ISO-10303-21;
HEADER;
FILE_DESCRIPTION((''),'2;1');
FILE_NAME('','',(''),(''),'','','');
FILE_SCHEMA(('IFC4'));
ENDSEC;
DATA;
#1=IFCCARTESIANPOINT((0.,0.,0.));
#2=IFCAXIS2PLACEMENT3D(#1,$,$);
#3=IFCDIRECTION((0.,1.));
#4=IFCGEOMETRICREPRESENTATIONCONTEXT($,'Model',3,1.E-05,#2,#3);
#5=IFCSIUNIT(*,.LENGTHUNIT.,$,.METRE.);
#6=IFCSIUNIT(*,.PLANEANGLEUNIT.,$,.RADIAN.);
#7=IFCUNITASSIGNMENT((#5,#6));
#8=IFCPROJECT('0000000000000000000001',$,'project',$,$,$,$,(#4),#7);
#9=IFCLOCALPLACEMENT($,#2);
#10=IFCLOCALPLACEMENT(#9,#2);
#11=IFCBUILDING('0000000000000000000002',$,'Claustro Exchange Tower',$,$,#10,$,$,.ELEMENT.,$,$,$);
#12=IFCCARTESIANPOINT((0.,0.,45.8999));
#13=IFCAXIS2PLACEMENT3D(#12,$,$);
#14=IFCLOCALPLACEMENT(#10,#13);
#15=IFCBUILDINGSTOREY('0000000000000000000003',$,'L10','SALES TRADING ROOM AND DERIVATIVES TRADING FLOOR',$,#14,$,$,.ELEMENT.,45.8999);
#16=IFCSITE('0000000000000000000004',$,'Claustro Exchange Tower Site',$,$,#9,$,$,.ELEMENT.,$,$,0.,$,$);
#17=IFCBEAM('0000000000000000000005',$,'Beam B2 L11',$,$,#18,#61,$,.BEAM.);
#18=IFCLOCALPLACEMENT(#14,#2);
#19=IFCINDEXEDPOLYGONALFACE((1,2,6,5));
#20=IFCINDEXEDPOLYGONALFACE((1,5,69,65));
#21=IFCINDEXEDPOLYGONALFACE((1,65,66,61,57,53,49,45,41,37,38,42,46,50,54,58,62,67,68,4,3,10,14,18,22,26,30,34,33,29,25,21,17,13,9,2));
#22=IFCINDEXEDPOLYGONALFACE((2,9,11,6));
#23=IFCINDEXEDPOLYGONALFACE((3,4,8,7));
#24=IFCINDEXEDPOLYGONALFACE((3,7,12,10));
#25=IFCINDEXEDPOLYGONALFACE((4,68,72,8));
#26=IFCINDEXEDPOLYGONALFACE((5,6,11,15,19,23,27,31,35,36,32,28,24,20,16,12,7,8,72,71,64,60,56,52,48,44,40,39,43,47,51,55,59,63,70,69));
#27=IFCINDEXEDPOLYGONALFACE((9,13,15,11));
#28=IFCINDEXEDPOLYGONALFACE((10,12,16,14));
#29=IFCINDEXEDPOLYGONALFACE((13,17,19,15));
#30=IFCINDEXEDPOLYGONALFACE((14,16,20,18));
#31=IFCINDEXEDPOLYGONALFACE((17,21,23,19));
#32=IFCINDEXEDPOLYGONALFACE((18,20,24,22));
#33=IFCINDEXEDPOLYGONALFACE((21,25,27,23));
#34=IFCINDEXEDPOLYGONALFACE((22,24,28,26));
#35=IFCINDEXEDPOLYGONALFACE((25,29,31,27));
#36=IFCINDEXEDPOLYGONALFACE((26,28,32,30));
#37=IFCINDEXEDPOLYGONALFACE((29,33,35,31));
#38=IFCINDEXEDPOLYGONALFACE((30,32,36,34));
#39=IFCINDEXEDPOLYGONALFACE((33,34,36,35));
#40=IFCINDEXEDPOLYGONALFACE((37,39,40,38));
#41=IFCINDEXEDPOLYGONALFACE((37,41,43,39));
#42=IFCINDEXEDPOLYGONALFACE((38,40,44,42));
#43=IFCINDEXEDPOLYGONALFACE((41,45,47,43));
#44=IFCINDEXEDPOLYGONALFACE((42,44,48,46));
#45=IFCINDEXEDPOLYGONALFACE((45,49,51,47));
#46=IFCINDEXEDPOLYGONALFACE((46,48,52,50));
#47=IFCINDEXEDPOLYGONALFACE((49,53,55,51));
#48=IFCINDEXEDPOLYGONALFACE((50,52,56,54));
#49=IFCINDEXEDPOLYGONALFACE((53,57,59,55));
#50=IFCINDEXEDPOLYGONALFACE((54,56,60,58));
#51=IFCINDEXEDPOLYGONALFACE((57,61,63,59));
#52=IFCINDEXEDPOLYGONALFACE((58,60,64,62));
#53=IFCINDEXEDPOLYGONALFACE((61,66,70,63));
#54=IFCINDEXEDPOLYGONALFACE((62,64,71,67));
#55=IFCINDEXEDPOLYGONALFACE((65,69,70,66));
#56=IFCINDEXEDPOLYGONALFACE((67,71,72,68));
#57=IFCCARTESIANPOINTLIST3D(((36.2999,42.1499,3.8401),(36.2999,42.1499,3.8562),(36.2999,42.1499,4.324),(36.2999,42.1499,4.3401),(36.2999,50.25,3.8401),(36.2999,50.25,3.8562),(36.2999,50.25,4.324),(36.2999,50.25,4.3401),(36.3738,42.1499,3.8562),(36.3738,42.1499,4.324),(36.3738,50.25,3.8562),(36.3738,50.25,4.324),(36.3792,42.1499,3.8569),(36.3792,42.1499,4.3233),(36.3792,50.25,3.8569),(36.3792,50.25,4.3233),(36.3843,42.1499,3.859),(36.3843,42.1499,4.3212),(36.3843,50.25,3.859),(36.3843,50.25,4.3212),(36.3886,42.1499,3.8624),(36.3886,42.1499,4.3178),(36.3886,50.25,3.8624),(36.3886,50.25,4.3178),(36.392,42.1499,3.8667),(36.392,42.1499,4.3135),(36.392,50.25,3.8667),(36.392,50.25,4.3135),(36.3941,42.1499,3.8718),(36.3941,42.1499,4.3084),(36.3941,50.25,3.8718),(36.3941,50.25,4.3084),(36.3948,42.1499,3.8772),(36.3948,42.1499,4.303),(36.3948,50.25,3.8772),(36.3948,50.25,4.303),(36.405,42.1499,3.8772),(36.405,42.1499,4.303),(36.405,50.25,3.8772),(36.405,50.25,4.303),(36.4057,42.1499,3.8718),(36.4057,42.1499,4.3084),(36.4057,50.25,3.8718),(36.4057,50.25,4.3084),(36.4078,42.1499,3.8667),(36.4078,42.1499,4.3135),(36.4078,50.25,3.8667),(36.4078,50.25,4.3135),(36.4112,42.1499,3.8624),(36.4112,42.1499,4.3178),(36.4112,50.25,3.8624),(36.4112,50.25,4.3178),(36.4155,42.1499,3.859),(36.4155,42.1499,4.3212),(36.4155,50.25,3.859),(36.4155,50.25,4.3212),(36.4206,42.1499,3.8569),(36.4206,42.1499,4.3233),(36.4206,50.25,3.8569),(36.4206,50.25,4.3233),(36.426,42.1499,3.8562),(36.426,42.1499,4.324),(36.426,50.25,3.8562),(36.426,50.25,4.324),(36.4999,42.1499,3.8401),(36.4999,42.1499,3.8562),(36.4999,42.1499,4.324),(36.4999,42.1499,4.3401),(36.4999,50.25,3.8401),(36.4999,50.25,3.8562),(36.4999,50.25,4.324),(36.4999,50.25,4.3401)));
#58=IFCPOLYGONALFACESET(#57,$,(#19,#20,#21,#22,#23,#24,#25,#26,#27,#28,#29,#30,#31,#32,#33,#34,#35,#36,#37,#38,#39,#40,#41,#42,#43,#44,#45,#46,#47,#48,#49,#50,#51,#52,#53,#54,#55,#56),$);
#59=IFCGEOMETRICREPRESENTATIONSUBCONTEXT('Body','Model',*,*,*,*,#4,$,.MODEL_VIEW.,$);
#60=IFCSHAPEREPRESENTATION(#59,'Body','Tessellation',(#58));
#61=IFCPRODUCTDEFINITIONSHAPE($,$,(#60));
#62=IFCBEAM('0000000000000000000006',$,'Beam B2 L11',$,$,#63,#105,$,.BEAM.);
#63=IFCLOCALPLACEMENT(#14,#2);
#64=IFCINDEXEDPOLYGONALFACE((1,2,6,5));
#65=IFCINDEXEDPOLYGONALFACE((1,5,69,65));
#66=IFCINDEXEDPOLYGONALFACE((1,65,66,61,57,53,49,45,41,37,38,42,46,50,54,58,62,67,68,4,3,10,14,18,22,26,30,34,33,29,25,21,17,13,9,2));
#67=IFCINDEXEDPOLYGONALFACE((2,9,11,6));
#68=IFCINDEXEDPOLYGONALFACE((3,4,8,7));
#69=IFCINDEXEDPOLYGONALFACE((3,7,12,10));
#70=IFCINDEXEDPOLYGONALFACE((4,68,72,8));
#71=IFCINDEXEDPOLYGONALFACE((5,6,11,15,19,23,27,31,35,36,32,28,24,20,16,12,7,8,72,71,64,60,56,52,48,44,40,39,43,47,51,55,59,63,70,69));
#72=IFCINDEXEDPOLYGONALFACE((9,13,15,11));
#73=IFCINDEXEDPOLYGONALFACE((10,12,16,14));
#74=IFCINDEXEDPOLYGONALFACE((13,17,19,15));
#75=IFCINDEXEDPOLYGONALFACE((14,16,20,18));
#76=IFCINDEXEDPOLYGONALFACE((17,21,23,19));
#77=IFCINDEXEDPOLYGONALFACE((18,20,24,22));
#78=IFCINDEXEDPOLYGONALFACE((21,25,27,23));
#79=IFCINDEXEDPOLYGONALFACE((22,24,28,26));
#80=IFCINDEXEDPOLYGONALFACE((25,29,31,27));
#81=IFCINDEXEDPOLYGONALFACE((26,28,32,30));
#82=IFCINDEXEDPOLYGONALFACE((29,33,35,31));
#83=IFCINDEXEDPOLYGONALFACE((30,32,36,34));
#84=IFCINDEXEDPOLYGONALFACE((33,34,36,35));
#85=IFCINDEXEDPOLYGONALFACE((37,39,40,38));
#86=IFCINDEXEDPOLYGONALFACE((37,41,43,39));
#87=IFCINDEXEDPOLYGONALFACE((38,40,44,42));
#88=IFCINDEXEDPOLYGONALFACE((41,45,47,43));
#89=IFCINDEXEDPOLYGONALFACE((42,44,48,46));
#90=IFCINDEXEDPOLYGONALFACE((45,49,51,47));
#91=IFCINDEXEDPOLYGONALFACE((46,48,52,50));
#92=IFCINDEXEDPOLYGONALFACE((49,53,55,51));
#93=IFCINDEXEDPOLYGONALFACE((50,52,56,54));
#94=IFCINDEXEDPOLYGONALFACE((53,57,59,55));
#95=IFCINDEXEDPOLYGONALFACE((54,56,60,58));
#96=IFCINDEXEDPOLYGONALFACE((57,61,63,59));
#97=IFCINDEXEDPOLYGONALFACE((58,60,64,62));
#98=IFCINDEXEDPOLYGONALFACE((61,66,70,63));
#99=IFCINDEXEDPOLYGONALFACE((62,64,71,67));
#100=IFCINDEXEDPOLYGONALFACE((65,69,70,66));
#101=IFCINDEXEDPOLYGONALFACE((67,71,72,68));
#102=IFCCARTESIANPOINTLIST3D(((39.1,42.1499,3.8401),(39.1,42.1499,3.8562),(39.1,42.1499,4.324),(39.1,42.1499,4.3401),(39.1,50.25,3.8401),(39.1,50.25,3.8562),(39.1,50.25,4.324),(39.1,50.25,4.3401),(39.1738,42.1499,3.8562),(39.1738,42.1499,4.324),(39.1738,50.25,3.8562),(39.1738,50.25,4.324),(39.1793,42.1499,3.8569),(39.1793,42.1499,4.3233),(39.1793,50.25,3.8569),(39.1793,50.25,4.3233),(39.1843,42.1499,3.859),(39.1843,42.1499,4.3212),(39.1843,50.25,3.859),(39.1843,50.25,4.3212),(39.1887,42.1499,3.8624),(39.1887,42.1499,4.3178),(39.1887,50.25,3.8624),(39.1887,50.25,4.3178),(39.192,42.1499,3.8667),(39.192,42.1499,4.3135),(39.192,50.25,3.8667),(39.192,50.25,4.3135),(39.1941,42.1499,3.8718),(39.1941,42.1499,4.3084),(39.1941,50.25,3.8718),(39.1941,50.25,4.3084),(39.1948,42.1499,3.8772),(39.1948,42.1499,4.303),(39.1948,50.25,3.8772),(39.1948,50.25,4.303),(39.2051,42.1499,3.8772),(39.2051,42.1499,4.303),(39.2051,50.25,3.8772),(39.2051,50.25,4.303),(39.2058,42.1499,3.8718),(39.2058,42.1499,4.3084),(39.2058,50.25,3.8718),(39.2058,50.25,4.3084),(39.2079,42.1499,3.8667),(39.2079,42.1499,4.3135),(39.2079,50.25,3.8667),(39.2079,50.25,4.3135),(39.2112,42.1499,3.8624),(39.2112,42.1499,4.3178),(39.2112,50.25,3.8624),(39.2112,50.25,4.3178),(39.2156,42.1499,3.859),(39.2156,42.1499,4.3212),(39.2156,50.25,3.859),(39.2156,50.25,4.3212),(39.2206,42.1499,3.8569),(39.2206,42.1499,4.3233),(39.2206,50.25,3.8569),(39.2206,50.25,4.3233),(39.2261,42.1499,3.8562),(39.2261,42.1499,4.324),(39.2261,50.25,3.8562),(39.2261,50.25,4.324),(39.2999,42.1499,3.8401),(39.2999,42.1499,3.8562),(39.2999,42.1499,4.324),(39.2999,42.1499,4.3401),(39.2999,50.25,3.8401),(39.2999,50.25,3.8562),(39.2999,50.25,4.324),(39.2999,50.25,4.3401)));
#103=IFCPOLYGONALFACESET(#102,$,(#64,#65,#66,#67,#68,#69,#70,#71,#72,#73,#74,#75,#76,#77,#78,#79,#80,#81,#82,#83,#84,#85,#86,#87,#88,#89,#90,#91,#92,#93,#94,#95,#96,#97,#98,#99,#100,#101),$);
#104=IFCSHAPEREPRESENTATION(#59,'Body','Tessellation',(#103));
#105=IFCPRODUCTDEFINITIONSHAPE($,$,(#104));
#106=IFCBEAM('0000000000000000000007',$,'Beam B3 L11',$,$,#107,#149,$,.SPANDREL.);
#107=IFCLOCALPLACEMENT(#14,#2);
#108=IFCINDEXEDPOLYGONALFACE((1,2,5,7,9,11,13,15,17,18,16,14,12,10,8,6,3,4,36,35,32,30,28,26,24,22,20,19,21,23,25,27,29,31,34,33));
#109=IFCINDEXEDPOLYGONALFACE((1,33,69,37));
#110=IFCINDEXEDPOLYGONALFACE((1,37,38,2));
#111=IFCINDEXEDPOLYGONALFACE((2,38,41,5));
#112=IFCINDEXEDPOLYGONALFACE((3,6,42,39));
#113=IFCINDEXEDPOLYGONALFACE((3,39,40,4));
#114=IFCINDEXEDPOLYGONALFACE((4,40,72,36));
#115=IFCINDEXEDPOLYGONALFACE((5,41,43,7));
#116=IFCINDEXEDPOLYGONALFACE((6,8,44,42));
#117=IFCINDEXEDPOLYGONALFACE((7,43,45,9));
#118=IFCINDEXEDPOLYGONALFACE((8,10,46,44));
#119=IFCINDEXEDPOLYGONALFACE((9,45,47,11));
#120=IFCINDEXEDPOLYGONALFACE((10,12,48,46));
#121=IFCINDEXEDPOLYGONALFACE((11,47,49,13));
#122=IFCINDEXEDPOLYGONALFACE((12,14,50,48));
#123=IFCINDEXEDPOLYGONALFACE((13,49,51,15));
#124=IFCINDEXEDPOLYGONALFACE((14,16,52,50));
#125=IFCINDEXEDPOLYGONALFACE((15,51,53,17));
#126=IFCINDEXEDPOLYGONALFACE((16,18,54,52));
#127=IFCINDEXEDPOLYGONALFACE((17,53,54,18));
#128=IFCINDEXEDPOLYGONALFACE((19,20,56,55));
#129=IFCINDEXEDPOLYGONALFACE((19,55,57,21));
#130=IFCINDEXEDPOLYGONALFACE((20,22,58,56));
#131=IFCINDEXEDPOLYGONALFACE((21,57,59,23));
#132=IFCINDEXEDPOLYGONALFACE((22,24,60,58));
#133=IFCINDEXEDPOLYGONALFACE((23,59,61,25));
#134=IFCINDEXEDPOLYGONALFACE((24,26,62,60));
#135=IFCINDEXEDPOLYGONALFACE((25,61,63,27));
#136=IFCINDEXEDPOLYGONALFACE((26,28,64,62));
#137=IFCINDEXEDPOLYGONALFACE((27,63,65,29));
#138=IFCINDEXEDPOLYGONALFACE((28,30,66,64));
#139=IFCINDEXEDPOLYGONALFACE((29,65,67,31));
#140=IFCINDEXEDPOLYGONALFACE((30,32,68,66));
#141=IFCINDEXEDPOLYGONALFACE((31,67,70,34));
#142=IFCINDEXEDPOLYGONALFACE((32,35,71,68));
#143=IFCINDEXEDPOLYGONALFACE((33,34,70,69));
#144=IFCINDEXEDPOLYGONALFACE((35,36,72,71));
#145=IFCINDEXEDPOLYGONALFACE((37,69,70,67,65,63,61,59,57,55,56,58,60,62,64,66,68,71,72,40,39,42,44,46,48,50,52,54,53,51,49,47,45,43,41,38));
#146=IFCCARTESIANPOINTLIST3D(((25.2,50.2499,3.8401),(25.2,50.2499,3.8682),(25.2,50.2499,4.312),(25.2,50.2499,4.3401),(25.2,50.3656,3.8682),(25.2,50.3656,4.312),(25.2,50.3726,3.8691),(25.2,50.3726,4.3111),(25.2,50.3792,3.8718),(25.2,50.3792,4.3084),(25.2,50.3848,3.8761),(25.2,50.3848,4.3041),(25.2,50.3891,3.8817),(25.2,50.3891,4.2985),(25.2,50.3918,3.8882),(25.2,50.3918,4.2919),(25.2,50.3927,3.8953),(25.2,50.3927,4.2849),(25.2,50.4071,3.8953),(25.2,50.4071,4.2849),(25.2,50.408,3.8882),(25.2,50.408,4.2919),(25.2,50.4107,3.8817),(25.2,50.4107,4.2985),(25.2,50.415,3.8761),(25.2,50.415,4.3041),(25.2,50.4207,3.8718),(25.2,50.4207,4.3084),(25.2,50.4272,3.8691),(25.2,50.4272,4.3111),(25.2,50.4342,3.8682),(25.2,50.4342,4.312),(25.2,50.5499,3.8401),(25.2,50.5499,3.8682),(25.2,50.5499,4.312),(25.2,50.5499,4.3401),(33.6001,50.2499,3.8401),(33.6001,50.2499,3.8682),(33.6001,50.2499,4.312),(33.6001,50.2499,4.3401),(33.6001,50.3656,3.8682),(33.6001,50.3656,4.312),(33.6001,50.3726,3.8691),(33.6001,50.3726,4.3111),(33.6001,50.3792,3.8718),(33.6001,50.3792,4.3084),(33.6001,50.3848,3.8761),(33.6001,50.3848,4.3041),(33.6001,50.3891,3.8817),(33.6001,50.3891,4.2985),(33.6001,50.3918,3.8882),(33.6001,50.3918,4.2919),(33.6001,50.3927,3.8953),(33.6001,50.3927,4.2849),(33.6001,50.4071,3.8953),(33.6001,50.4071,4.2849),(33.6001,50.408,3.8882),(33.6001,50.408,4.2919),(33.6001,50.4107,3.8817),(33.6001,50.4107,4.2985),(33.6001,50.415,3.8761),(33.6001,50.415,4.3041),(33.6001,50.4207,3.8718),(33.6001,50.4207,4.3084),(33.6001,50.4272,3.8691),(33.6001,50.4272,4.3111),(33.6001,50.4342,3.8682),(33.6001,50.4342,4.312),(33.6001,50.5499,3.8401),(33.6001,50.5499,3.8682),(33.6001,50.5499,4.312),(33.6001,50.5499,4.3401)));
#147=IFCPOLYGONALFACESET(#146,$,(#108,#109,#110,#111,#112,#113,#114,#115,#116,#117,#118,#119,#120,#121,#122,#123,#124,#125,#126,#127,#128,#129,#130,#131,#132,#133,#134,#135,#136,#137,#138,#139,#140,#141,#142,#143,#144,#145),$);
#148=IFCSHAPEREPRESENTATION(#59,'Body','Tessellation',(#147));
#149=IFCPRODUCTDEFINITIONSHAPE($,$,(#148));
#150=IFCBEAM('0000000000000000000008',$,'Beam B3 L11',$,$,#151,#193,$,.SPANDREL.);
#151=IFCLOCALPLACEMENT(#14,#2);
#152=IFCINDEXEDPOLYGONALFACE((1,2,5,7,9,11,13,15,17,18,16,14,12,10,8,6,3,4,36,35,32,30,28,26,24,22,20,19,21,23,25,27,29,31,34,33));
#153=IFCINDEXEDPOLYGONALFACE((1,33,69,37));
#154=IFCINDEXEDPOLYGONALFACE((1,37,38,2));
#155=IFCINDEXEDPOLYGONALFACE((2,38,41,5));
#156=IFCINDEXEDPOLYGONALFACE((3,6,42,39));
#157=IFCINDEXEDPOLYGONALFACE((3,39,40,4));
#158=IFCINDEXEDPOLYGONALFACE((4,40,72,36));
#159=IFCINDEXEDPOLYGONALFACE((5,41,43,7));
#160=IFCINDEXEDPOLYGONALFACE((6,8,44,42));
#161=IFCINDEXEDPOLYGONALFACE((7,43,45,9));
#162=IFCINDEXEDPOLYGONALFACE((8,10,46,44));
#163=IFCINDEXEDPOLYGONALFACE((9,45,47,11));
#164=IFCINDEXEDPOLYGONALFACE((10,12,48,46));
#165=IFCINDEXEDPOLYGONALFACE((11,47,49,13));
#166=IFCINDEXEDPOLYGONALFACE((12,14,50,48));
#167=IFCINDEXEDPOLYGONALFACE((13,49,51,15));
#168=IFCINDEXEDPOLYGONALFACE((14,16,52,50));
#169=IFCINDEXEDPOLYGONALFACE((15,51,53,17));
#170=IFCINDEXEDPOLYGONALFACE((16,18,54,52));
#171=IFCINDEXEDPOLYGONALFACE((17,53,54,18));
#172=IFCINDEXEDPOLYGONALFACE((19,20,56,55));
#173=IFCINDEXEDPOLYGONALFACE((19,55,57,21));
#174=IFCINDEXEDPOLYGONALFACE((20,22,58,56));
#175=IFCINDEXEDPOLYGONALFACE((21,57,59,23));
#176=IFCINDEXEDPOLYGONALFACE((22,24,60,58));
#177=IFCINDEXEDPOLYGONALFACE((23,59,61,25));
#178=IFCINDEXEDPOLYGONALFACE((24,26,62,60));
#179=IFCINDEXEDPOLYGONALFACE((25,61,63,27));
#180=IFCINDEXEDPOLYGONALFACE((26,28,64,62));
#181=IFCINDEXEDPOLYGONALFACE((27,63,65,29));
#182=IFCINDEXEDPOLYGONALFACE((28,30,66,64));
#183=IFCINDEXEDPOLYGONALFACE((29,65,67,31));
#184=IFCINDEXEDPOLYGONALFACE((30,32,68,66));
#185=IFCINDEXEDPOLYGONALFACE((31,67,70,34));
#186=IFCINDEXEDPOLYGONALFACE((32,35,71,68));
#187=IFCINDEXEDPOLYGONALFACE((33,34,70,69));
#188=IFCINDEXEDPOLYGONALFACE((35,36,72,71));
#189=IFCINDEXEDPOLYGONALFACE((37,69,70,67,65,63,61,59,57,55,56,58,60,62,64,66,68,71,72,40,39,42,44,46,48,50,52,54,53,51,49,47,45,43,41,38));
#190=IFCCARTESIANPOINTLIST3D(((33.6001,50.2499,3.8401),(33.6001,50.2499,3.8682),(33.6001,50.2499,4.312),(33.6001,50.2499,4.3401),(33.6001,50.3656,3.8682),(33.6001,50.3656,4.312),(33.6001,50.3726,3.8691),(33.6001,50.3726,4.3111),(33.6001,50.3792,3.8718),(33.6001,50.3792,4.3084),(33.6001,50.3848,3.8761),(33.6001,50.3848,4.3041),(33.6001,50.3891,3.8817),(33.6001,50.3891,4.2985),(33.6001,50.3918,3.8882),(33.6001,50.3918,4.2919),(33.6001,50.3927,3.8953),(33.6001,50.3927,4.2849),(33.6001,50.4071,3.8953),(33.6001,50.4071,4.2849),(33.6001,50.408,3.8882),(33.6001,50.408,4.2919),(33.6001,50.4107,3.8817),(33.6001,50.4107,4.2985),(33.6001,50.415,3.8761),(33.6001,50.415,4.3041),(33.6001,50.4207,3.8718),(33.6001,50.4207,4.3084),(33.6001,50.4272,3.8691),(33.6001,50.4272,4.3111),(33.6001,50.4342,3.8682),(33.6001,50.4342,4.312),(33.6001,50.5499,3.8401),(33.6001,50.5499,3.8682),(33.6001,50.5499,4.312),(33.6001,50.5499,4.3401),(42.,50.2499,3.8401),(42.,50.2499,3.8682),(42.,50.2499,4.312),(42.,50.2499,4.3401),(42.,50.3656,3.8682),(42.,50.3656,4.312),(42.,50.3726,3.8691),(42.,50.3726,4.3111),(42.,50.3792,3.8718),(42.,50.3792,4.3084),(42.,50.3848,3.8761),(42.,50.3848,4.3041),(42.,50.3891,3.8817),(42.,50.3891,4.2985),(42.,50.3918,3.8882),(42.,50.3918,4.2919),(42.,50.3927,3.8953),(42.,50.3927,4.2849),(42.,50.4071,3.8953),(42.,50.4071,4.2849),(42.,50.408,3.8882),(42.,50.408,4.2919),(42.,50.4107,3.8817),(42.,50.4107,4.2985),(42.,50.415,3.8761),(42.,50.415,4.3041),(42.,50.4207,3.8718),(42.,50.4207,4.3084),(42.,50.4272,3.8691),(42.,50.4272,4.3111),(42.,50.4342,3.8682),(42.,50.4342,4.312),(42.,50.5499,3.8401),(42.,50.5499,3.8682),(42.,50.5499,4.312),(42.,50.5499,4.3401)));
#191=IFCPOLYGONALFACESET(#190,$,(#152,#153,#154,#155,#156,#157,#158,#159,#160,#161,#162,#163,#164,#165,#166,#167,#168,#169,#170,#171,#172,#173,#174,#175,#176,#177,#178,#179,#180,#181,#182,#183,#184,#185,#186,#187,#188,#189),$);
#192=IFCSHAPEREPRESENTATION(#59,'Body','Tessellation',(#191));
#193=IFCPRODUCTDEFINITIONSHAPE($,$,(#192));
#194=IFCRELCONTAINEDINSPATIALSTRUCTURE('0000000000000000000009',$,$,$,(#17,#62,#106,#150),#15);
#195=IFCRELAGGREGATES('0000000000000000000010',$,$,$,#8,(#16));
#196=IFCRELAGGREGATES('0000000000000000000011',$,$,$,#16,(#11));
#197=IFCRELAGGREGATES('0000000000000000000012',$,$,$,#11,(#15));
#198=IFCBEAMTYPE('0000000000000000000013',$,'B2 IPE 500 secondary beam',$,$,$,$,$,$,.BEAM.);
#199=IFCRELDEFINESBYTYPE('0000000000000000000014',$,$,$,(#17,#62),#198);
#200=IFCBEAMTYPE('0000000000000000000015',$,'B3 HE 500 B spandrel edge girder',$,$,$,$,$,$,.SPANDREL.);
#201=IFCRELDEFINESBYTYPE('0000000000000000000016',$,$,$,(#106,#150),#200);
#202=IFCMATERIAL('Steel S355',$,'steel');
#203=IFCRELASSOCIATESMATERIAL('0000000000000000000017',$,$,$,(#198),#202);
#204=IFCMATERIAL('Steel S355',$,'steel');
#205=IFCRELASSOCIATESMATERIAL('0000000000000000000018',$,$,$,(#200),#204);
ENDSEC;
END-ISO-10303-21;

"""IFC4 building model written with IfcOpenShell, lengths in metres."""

from ifc_helpers import new_model, si_unit, direction, frame, origin, origin_2d, place, context, subcontext, project, spatial, i_section, extrude, material, material_profile, profile_set, type_object, element, save


model = new_model("IFC4")

# Units and contexts
model_context = context("Model", 3, precision=1e-05, world=origin(), true_north=direction((0.0, 1.0)))
body_context = subcontext(model_context, "Body", "Model", "MODEL_VIEW")
ifc_project = project(units=[si_unit("LENGTHUNIT", "METRE"), si_unit("PLANEANGLEUNIT", "RADIAN")], contexts=[model_context])

# Site, building, storey
site_placement = place(None, origin())
site = spatial("IfcSite", under=ifc_project, at=site_placement, Name="Claustro Exchange Tower Site", CompositionType="ELEMENT", RefElevation=0.0)
building_placement = place(site_placement, origin())
building = spatial("IfcBuilding", under=site, at=building_placement, Name="Claustro Exchange Tower", CompositionType="ELEMENT")
storey_placement = place(building_placement, frame((0.0, 0.0, 45.8999)))
storey = spatial("IfcBuildingStorey", under=building, at=storey_placement, Name="L10", Description="SALES TRADING ROOM AND DERIVATIVES TRADING FLOOR", CompositionType="ELEMENT", Elevation=45.8999)

# Beams
ifc_material_1 = material(Name="Steel S355", Category="steel")
ifc_material_profile_1 = material_profile(ifc_material_1, i_section(OverallWidth=0.2, OverallDepth=0.5, WebThickness=0.0103, FlangeThickness=0.0161, FilletRadius=0.021, at=origin_2d()), Name="IPE 500")
ifc_profile_set_1 = profile_set([ifc_material_profile_1], Name="Steel S355")
beam_type_1 = type_object("IfcBeamType", Name="B2 IPE 500 secondary beam", PredefinedType="BEAM", material=ifc_profile_set_1)
for number, where, z_axis, x_axis, name in (
    (1, (36.3999, 42.1499, 4.0901), (0.0, 1.0, 0.0), (-1.0, 0.0, 0.0), "Beam B2 L11"),
    (2, (39.2, 42.1499, 4.0901), (0.0, 1.0, 0.0), (-1.0, 0.0, 0.0), "Beam B2 L11"),
):
    element("IfcBeam", number, at=place(storey_placement, frame(where, z_axis=z_axis, x_axis=x_axis)), inside=storey, type_object=beam_type_1, Name=name, PredefinedType="BEAM", context=body_context, shape_type="SweptSolid", body=[
        extrude(i_section(OverallWidth=0.2, OverallDepth=0.5, WebThickness=0.0103, FlangeThickness=0.0161, FilletRadius=0.021, at=origin_2d()), origin(), (0.0, 0.0, 1.0), 8.1001),
    ])
ifc_material_2 = material(Name="Steel S355", Category="steel")
ifc_material_profile_2 = material_profile(ifc_material_2, i_section(OverallWidth=0.3, OverallDepth=0.5, WebThickness=0.0144, FlangeThickness=0.0281, FilletRadius=0.0271, at=origin_2d()), Name="HE 500 B")
ifc_profile_set_2 = profile_set([ifc_material_profile_2], Name="Steel S355")
beam_type_2 = type_object("IfcBeamType", Name="B3 HE 500 B spandrel edge girder", PredefinedType="SPANDREL", material=ifc_profile_set_2)
beam_1_placement = place(storey_placement, frame((25.2, 50.3999, 4.0901), z_axis=(1.0, 0.0, 0.0), x_axis=(0.0, 1.0, 0.0)))
element("IfcBeam", 3, at=beam_1_placement, inside=storey, type_object=beam_type_2, Name="Beam B3 L11", PredefinedType="SPANDREL", context=body_context, shape_type="SweptSolid", body=[
    extrude(i_section(OverallWidth=0.3, OverallDepth=0.5, WebThickness=0.0144, FlangeThickness=0.0281, FilletRadius=0.0271, at=origin_2d()), origin(), (0.0, 0.0, 1.0), 8.4001),
])
beam_2_placement = place(storey_placement, frame((33.6001, 50.3999, 4.0901), z_axis=(1.0, 0.0, 0.0), x_axis=(0.0, 1.0, 0.0)))
element("IfcBeam", 4, at=beam_2_placement, inside=storey, type_object=beam_type_2, Name="Beam B3 L11", PredefinedType="SPANDREL", context=body_context, shape_type="SweptSolid", body=[
    extrude(i_section(OverallWidth=0.3, OverallDepth=0.5, WebThickness=0.0144, FlangeThickness=0.0281, FilletRadius=0.0271, at=origin_2d()), origin(), (0.0, 0.0, 1.0), 8.3999),
])

save(model, "model.ifc")
